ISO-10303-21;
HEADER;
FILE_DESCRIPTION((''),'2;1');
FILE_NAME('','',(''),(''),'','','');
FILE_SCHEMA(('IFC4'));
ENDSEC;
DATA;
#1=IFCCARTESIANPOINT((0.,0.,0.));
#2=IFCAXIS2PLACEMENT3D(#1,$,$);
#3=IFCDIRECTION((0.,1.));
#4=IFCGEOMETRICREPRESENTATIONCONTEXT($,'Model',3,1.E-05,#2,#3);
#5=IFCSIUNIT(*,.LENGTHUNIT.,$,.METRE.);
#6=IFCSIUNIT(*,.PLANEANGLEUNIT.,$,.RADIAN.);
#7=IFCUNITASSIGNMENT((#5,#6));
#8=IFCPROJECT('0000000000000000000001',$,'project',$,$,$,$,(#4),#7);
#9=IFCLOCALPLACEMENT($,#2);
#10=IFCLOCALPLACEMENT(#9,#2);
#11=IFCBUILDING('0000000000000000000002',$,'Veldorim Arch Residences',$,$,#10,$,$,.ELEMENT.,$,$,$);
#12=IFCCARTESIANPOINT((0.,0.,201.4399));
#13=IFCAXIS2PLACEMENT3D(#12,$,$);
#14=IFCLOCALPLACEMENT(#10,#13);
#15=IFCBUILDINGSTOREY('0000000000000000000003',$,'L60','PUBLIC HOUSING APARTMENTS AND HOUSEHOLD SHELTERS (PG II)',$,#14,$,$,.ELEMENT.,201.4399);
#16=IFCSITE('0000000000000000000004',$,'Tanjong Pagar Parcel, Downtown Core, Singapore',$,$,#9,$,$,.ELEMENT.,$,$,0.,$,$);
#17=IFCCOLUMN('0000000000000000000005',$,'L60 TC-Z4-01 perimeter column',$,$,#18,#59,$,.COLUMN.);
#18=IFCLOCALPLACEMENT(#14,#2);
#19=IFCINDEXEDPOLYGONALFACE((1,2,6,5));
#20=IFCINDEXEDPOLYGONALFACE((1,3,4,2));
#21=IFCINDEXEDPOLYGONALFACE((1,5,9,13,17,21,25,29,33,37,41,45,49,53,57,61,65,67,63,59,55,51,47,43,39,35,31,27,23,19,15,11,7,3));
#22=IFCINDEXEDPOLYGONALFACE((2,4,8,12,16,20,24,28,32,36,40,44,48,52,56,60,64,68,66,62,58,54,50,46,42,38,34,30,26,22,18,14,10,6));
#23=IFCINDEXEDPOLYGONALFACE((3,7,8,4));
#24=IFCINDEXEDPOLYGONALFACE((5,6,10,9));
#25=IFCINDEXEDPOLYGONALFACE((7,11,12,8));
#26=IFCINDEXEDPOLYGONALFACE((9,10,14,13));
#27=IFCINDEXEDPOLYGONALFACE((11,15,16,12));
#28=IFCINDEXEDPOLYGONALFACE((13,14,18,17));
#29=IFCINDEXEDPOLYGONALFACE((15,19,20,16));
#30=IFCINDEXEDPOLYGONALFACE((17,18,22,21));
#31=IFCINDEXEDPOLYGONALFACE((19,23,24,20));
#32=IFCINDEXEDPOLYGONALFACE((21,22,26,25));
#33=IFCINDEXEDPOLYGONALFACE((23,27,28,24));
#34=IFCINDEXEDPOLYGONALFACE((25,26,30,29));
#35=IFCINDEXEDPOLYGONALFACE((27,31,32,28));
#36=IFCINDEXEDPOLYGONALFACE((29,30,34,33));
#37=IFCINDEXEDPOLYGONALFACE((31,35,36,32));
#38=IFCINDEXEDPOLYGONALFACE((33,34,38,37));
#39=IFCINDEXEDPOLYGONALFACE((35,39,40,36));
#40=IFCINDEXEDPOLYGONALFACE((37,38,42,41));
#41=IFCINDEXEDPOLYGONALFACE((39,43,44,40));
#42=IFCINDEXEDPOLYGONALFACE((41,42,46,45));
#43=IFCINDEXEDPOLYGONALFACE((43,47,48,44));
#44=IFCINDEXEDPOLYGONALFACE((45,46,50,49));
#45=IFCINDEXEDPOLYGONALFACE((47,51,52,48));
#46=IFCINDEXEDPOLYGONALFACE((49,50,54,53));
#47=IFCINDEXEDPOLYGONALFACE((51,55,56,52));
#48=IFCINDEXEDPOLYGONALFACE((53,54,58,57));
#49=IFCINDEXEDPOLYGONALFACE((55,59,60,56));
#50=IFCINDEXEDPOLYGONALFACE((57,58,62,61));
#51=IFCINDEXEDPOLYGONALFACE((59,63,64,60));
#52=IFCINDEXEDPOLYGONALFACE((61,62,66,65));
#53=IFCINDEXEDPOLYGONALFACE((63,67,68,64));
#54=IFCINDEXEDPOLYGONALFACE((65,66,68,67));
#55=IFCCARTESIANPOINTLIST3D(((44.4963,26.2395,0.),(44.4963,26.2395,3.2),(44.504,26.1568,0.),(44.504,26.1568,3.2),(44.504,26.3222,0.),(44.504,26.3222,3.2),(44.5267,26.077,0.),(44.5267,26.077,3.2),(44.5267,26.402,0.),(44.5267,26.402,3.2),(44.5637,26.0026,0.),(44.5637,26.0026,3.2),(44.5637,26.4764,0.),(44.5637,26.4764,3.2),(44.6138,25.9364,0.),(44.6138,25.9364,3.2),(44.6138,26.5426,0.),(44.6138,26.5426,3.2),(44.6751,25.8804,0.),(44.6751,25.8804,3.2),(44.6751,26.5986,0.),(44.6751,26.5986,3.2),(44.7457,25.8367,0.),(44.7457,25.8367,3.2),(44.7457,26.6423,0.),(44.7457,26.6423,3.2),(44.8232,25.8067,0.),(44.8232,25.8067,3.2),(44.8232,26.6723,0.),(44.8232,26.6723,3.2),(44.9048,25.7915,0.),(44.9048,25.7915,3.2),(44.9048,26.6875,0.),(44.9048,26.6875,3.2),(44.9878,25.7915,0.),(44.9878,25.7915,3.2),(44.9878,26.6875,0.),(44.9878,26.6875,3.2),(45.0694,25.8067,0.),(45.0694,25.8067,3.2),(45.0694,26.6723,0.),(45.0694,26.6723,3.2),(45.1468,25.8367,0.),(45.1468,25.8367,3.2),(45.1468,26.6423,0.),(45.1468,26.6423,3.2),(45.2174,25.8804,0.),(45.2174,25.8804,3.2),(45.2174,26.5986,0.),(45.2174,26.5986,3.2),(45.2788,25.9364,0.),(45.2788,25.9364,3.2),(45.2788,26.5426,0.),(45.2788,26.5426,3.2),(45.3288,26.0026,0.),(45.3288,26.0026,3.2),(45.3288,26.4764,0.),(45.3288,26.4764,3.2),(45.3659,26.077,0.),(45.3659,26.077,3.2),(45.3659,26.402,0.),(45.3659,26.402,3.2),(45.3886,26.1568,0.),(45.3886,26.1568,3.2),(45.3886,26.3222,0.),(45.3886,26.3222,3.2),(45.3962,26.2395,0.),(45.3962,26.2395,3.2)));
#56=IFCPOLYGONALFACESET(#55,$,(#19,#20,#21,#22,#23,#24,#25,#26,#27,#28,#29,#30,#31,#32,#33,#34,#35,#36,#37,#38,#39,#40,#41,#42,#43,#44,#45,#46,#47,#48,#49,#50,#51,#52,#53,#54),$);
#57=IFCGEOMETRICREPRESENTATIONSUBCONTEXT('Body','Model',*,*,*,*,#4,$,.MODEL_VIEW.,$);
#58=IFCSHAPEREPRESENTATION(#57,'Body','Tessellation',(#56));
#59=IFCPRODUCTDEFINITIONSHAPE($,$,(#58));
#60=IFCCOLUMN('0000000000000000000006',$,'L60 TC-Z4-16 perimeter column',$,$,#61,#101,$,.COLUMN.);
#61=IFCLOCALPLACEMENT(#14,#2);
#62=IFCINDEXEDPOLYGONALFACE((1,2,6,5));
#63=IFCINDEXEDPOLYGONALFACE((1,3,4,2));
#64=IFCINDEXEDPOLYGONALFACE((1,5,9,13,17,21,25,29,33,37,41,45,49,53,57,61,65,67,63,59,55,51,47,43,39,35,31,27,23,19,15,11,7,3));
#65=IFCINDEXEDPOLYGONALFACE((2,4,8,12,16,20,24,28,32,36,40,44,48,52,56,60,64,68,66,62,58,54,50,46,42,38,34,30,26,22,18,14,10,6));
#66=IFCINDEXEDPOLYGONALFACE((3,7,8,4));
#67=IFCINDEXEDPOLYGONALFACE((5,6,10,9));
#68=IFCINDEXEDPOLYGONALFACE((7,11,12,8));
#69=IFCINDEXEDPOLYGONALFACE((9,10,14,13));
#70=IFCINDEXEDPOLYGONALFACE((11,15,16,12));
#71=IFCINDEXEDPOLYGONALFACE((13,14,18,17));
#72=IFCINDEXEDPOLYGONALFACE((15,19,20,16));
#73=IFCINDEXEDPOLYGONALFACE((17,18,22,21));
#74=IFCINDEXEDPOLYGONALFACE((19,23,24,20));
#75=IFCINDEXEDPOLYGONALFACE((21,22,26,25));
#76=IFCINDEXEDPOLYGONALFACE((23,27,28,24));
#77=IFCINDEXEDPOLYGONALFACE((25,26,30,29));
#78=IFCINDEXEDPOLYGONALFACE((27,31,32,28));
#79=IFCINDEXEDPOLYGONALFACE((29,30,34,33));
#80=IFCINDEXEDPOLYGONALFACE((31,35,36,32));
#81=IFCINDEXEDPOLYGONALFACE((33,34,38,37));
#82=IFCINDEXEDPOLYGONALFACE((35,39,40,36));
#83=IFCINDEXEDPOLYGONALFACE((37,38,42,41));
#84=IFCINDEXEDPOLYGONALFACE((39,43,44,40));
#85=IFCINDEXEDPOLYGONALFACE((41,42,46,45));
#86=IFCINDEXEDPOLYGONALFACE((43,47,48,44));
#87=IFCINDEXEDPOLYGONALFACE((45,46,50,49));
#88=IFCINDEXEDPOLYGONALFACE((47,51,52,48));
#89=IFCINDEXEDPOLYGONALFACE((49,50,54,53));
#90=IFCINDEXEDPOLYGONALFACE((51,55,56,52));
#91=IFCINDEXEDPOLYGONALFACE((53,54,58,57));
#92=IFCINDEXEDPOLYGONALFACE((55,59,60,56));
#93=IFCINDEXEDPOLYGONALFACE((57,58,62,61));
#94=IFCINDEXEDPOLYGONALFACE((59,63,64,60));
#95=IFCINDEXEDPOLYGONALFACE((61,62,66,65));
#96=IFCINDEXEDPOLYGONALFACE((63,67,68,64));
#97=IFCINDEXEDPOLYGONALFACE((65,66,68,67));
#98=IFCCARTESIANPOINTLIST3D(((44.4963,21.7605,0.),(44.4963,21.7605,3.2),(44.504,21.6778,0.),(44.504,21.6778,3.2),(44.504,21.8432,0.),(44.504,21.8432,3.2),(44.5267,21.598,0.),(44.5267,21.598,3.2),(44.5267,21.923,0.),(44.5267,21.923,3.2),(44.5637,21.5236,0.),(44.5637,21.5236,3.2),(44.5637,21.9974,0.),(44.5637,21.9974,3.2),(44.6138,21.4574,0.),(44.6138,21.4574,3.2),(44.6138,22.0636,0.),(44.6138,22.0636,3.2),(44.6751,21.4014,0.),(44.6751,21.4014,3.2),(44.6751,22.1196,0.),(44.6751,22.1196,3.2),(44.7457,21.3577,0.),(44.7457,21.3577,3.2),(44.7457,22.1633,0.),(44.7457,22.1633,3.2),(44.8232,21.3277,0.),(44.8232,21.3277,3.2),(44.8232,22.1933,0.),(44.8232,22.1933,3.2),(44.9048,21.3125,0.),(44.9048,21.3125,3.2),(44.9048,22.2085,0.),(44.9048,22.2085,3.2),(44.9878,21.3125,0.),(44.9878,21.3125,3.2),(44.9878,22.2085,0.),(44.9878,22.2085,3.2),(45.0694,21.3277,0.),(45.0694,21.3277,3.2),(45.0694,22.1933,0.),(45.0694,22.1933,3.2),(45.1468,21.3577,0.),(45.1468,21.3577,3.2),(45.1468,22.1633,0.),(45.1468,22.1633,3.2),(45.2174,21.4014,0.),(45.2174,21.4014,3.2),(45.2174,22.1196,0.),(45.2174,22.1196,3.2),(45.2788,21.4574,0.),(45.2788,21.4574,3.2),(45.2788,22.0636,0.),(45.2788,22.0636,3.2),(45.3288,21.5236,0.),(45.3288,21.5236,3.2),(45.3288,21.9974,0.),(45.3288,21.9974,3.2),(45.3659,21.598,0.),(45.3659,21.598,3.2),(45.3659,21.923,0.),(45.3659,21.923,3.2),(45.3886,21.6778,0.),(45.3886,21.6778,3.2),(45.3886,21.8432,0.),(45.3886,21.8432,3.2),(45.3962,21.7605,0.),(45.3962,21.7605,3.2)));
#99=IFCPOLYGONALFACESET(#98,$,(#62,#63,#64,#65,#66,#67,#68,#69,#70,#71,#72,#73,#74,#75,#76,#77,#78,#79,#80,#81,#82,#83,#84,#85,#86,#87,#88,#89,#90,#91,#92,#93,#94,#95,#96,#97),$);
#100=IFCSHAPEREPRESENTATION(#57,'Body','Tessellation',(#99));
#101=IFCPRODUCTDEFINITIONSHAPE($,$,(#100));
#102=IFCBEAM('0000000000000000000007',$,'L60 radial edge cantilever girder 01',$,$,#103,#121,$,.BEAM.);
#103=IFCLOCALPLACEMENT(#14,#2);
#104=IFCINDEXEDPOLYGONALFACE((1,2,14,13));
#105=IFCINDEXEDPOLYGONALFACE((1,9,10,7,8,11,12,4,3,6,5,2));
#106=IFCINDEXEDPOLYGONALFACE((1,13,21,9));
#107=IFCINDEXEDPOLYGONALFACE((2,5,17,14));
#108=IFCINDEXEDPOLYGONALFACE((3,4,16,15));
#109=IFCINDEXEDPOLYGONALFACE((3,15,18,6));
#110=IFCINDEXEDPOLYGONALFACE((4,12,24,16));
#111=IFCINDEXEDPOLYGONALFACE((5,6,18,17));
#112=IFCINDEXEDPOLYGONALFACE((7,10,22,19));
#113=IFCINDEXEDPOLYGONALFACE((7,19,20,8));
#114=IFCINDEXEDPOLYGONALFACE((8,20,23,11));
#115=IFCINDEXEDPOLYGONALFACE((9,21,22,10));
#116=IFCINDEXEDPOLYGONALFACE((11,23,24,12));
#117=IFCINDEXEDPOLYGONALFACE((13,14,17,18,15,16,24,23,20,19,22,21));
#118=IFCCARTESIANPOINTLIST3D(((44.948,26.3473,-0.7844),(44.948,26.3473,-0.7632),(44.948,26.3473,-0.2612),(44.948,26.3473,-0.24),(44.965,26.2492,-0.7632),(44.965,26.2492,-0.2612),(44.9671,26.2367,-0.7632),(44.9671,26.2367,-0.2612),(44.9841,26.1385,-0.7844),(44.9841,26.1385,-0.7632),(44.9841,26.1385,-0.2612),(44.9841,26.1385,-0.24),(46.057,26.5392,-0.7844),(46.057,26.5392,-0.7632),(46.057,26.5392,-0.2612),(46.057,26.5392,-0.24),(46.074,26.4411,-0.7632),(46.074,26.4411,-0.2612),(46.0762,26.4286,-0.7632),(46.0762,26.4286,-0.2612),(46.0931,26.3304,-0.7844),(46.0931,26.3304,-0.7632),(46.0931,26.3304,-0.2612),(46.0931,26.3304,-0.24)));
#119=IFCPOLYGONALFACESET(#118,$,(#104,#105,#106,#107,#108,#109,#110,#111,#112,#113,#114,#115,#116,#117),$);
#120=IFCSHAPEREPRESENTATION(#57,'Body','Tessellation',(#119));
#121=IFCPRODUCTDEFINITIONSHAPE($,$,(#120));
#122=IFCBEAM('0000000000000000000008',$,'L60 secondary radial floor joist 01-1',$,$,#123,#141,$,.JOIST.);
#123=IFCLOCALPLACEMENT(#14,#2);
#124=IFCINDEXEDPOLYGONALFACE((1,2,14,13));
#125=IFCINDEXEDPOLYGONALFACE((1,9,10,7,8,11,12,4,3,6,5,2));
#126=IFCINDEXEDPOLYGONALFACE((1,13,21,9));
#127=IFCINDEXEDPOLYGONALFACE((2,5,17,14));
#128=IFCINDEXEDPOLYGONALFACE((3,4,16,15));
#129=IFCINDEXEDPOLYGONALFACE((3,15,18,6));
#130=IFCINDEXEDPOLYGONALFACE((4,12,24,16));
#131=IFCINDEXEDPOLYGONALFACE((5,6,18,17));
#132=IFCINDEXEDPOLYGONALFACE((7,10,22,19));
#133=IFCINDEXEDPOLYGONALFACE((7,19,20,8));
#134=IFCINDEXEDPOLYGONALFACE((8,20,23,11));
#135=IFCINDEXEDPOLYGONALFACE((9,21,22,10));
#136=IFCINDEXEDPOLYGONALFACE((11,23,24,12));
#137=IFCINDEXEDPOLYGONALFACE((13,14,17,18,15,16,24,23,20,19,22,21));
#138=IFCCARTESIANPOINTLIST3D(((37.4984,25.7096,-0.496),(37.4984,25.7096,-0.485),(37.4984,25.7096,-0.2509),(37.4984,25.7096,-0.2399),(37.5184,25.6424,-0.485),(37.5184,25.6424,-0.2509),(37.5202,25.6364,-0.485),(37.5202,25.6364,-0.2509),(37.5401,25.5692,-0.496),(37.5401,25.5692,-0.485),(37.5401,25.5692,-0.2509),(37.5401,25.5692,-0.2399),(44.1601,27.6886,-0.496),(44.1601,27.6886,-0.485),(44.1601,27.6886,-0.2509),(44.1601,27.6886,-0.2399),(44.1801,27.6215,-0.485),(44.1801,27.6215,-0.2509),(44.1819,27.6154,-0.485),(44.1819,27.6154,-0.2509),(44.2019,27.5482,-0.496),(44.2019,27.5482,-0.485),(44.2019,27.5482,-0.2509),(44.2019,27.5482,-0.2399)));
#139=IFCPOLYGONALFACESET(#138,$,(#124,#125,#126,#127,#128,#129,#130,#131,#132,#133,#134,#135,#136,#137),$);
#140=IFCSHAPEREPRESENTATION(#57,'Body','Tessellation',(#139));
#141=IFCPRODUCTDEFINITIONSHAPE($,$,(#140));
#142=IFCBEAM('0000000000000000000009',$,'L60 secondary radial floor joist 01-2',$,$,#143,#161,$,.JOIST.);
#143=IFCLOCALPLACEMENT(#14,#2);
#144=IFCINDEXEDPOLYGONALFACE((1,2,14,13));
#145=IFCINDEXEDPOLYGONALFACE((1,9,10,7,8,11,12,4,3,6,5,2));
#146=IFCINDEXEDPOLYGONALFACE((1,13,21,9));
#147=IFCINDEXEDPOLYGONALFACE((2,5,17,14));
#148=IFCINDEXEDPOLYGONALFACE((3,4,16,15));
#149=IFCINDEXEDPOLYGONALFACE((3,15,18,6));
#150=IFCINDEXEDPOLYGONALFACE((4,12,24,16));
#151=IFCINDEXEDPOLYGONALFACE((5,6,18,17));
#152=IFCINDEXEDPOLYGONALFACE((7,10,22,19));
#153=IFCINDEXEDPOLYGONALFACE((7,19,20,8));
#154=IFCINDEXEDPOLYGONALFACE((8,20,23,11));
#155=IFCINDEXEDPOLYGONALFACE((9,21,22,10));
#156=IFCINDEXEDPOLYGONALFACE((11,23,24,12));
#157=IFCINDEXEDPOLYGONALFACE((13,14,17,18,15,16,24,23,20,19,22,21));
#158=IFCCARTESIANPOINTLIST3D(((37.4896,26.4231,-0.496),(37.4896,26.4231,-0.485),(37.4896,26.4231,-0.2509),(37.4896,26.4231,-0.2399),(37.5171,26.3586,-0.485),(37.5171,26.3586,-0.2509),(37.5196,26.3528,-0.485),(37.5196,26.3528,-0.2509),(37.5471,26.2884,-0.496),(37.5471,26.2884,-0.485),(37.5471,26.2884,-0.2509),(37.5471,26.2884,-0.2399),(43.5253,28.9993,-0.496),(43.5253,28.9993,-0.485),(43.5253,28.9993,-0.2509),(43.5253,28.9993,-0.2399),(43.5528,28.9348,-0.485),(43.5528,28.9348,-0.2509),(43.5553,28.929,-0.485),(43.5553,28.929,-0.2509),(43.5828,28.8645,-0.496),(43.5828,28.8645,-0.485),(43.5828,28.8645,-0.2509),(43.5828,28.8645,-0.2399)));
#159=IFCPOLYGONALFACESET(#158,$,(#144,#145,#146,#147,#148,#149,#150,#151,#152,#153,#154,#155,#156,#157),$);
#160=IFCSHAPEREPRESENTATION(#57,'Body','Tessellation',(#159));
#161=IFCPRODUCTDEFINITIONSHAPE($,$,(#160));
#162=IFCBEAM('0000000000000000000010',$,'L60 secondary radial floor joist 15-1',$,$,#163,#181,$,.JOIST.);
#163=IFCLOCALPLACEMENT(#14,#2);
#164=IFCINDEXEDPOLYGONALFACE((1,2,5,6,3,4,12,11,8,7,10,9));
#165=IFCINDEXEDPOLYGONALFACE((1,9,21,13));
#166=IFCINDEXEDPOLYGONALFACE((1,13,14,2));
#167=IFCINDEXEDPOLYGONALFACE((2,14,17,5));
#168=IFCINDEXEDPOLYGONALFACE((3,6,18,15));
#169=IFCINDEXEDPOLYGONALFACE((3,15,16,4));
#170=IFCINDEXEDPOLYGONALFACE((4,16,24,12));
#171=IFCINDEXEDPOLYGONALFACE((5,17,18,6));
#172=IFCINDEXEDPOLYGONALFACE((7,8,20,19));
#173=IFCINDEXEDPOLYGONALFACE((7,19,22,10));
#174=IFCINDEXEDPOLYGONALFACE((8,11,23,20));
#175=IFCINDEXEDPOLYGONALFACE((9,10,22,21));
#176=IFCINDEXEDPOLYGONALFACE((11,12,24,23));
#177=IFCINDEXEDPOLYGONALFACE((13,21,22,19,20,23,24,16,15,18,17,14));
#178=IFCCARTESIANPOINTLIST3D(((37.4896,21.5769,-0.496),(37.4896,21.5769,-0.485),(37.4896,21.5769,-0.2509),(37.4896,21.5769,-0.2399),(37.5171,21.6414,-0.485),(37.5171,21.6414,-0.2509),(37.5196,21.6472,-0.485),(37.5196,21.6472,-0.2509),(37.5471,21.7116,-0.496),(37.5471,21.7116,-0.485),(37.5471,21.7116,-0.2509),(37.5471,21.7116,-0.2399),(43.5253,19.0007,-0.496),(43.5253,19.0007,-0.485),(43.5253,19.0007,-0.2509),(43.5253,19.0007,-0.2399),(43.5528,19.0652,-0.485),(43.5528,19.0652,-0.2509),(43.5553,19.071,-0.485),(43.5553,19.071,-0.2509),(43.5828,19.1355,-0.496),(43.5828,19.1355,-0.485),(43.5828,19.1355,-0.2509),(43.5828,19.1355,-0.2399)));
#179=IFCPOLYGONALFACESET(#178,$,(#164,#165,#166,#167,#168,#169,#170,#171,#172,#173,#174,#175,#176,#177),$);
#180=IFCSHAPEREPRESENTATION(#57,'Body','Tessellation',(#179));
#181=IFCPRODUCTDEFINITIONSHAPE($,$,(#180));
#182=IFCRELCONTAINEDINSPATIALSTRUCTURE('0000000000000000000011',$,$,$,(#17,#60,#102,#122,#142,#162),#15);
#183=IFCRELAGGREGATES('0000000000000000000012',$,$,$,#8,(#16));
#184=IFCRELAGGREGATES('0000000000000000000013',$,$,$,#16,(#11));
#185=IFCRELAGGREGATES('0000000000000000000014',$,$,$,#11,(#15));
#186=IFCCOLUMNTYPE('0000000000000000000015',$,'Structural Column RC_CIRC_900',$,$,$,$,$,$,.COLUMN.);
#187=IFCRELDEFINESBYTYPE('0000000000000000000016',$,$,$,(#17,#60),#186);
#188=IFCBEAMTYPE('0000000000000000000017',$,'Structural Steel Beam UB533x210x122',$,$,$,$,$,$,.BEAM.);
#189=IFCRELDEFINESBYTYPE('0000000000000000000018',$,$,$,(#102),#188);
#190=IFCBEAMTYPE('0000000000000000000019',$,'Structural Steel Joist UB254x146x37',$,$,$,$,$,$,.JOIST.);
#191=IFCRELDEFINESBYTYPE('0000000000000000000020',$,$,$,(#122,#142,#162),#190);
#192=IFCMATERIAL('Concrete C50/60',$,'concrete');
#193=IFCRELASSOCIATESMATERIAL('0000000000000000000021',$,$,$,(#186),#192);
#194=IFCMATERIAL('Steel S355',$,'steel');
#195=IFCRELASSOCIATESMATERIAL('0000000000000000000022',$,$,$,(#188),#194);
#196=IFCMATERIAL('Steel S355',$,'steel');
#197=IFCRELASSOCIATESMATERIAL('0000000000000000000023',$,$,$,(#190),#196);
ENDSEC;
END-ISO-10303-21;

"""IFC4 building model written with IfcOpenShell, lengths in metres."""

from ifc_helpers import new_model, si_unit, direction, frame, origin, origin_2d, place, context, subcontext, project, spatial, circle, i_section, extrude, material, material_profile, profile_set, type_object, element, save


model = new_model("IFC4")

# Units and contexts
model_context = context("Model", 3, precision=1e-05, world=origin(), true_north=direction((0.0, 1.0)))
body_context = subcontext(model_context, "Body", "Model", "MODEL_VIEW")
ifc_project = project(units=[si_unit("LENGTHUNIT", "METRE"), si_unit("PLANEANGLEUNIT", "RADIAN")], contexts=[model_context])

# Site, building, storey
site_placement = place(None, origin())
site = spatial("IfcSite", under=ifc_project, at=site_placement, Name="Tanjong Pagar Parcel, Downtown Core, Singapore", CompositionType="ELEMENT", RefElevation=0.0)
building_placement = place(site_placement, origin())
building = spatial("IfcBuilding", under=site, at=building_placement, Name="Veldorim Arch Residences", CompositionType="ELEMENT")
storey_placement = place(building_placement, frame((0.0, 0.0, 201.4399)))
storey = spatial("IfcBuildingStorey", under=building, at=storey_placement, Name="L60", Description="PUBLIC HOUSING APARTMENTS AND HOUSEHOLD SHELTERS (PG II)", CompositionType="ELEMENT", Elevation=201.4399)

# Columns
ifc_material_1 = material(Name="Concrete C50/60", Category="concrete")
ifc_material_profile_1 = material_profile(ifc_material_1, circle(Radius=0.45, at=origin_2d()), Name="RC_CIRC_900")
ifc_profile_set_1 = profile_set([ifc_material_profile_1], Name="Concrete C50/60")
column_type = type_object("IfcColumnType", Name="Structural Column RC_CIRC_900", PredefinedType="COLUMN", material=ifc_profile_set_1)
for number, where, z_axis, x_axis, name in (
    (1, (44.9463, 26.2395, 0.0), (0.0, 0.0, 1.0), (1.0, 0.0, 0.0), "L60 TC-Z4-01 perimeter column"),
    (2, (44.9463, 21.7605, 0.0), (0.0, 0.0, 1.0), (1.0, 0.0, 0.0), "L60 TC-Z4-16 perimeter column"),
):
    element("IfcColumn", number, at=place(storey_placement, frame(where, z_axis=z_axis, x_axis=x_axis)), inside=storey, type_object=column_type, Name=name, PredefinedType="COLUMN", context=body_context, shape_type="SweptSolid", body=[
        extrude(circle(Radius=0.45, at=origin_2d()), origin(), (0.0, 0.0, 1.0), 3.2),
    ])

# Beams
ifc_material_2 = material(Name="Steel S355", Category="steel")
ifc_material_profile_2 = material_profile(ifc_material_2, i_section(OverallWidth=0.2119, OverallDepth=0.5444, WebThickness=0.0127, FlangeThickness=0.0212, at=origin_2d()), Name="UB533x210x122")
ifc_profile_set_2 = profile_set([ifc_material_profile_2], Name="Steel S355")
beam_type_1 = type_object("IfcBeamType", Name="Structural Steel Beam UB533x210x122", PredefinedType="BEAM", material=ifc_profile_set_2)
beam_1_placement = place(storey_placement, frame((44.9661, 26.2429, -0.5122), z_axis=(0.985355, 0.170517, 0.0), x_axis=(-0.170517, 0.985355, 0.0)))
element("IfcBeam", 3, at=beam_1_placement, inside=storey, type_object=beam_type_1, Name="L60 radial edge cantilever girder 01", PredefinedType="BEAM", context=body_context, shape_type="SweptSolid", body=[
    extrude(i_section(OverallWidth=0.2119, OverallDepth=0.5444, WebThickness=0.0127, FlangeThickness=0.0212, at=origin_2d()), origin(), (0.0, 0.0, 1.0), 1.1255),
])
ifc_material_3 = material(Name="Steel S355", Category="steel")
ifc_material_profile_3 = material_profile(ifc_material_3, i_section(OverallWidth=0.1465, OverallDepth=0.2561, WebThickness=0.0063, FlangeThickness=0.011, at=origin_2d()), Name="UB254x146x37")
ifc_profile_set_3 = profile_set([ifc_material_profile_3], Name="Steel S355")
beam_type_2 = type_object("IfcBeamType", Name="Structural Steel Joist UB254x146x37", PredefinedType="JOIST", material=ifc_profile_set_3)
beam_2_placement = place(storey_placement, frame((37.5193, 25.6394, -0.3679), z_axis=(0.958594, 0.284775, 0.0), x_axis=(-0.284775, 0.958594, 0.0)))
element("IfcBeam", 4, at=beam_2_placement, inside=storey, type_object=beam_type_2, Name="L60 secondary radial floor joist 01-1", PredefinedType="JOIST", context=body_context, shape_type="SweptSolid", body=[
    extrude(i_section(OverallWidth=0.1465, OverallDepth=0.2561, WebThickness=0.0063, FlangeThickness=0.011, at=origin_2d()), origin(), (0.0, 0.0, 1.0), 6.9495),
])
for number, where, z_axis, x_axis, name in (
    (5, (37.5183, 26.3557, -0.3679), (0.919725, 0.392563, 0.0), (-0.392563, 0.919725, 0.0), "L60 secondary radial floor joist 01-2"),
    (6, (37.5183, 21.6443, -0.3679), (0.919725, -0.392563, 0.0), (0.392563, 0.919725, 0.0), "L60 secondary radial floor joist 15-1"),
):
    element("IfcBeam", number, at=place(storey_placement, frame(where, z_axis=z_axis, x_axis=x_axis)), inside=storey, type_object=beam_type_2, Name=name, PredefinedType="JOIST", context=body_context, shape_type="SweptSolid", body=[
        extrude(i_section(OverallWidth=0.1465, OverallDepth=0.2561, WebThickness=0.0063, FlangeThickness=0.011, at=origin_2d()), origin(), (0.0, 0.0, 1.0), 6.5625),
    ])

save(model, "model.ifc")
